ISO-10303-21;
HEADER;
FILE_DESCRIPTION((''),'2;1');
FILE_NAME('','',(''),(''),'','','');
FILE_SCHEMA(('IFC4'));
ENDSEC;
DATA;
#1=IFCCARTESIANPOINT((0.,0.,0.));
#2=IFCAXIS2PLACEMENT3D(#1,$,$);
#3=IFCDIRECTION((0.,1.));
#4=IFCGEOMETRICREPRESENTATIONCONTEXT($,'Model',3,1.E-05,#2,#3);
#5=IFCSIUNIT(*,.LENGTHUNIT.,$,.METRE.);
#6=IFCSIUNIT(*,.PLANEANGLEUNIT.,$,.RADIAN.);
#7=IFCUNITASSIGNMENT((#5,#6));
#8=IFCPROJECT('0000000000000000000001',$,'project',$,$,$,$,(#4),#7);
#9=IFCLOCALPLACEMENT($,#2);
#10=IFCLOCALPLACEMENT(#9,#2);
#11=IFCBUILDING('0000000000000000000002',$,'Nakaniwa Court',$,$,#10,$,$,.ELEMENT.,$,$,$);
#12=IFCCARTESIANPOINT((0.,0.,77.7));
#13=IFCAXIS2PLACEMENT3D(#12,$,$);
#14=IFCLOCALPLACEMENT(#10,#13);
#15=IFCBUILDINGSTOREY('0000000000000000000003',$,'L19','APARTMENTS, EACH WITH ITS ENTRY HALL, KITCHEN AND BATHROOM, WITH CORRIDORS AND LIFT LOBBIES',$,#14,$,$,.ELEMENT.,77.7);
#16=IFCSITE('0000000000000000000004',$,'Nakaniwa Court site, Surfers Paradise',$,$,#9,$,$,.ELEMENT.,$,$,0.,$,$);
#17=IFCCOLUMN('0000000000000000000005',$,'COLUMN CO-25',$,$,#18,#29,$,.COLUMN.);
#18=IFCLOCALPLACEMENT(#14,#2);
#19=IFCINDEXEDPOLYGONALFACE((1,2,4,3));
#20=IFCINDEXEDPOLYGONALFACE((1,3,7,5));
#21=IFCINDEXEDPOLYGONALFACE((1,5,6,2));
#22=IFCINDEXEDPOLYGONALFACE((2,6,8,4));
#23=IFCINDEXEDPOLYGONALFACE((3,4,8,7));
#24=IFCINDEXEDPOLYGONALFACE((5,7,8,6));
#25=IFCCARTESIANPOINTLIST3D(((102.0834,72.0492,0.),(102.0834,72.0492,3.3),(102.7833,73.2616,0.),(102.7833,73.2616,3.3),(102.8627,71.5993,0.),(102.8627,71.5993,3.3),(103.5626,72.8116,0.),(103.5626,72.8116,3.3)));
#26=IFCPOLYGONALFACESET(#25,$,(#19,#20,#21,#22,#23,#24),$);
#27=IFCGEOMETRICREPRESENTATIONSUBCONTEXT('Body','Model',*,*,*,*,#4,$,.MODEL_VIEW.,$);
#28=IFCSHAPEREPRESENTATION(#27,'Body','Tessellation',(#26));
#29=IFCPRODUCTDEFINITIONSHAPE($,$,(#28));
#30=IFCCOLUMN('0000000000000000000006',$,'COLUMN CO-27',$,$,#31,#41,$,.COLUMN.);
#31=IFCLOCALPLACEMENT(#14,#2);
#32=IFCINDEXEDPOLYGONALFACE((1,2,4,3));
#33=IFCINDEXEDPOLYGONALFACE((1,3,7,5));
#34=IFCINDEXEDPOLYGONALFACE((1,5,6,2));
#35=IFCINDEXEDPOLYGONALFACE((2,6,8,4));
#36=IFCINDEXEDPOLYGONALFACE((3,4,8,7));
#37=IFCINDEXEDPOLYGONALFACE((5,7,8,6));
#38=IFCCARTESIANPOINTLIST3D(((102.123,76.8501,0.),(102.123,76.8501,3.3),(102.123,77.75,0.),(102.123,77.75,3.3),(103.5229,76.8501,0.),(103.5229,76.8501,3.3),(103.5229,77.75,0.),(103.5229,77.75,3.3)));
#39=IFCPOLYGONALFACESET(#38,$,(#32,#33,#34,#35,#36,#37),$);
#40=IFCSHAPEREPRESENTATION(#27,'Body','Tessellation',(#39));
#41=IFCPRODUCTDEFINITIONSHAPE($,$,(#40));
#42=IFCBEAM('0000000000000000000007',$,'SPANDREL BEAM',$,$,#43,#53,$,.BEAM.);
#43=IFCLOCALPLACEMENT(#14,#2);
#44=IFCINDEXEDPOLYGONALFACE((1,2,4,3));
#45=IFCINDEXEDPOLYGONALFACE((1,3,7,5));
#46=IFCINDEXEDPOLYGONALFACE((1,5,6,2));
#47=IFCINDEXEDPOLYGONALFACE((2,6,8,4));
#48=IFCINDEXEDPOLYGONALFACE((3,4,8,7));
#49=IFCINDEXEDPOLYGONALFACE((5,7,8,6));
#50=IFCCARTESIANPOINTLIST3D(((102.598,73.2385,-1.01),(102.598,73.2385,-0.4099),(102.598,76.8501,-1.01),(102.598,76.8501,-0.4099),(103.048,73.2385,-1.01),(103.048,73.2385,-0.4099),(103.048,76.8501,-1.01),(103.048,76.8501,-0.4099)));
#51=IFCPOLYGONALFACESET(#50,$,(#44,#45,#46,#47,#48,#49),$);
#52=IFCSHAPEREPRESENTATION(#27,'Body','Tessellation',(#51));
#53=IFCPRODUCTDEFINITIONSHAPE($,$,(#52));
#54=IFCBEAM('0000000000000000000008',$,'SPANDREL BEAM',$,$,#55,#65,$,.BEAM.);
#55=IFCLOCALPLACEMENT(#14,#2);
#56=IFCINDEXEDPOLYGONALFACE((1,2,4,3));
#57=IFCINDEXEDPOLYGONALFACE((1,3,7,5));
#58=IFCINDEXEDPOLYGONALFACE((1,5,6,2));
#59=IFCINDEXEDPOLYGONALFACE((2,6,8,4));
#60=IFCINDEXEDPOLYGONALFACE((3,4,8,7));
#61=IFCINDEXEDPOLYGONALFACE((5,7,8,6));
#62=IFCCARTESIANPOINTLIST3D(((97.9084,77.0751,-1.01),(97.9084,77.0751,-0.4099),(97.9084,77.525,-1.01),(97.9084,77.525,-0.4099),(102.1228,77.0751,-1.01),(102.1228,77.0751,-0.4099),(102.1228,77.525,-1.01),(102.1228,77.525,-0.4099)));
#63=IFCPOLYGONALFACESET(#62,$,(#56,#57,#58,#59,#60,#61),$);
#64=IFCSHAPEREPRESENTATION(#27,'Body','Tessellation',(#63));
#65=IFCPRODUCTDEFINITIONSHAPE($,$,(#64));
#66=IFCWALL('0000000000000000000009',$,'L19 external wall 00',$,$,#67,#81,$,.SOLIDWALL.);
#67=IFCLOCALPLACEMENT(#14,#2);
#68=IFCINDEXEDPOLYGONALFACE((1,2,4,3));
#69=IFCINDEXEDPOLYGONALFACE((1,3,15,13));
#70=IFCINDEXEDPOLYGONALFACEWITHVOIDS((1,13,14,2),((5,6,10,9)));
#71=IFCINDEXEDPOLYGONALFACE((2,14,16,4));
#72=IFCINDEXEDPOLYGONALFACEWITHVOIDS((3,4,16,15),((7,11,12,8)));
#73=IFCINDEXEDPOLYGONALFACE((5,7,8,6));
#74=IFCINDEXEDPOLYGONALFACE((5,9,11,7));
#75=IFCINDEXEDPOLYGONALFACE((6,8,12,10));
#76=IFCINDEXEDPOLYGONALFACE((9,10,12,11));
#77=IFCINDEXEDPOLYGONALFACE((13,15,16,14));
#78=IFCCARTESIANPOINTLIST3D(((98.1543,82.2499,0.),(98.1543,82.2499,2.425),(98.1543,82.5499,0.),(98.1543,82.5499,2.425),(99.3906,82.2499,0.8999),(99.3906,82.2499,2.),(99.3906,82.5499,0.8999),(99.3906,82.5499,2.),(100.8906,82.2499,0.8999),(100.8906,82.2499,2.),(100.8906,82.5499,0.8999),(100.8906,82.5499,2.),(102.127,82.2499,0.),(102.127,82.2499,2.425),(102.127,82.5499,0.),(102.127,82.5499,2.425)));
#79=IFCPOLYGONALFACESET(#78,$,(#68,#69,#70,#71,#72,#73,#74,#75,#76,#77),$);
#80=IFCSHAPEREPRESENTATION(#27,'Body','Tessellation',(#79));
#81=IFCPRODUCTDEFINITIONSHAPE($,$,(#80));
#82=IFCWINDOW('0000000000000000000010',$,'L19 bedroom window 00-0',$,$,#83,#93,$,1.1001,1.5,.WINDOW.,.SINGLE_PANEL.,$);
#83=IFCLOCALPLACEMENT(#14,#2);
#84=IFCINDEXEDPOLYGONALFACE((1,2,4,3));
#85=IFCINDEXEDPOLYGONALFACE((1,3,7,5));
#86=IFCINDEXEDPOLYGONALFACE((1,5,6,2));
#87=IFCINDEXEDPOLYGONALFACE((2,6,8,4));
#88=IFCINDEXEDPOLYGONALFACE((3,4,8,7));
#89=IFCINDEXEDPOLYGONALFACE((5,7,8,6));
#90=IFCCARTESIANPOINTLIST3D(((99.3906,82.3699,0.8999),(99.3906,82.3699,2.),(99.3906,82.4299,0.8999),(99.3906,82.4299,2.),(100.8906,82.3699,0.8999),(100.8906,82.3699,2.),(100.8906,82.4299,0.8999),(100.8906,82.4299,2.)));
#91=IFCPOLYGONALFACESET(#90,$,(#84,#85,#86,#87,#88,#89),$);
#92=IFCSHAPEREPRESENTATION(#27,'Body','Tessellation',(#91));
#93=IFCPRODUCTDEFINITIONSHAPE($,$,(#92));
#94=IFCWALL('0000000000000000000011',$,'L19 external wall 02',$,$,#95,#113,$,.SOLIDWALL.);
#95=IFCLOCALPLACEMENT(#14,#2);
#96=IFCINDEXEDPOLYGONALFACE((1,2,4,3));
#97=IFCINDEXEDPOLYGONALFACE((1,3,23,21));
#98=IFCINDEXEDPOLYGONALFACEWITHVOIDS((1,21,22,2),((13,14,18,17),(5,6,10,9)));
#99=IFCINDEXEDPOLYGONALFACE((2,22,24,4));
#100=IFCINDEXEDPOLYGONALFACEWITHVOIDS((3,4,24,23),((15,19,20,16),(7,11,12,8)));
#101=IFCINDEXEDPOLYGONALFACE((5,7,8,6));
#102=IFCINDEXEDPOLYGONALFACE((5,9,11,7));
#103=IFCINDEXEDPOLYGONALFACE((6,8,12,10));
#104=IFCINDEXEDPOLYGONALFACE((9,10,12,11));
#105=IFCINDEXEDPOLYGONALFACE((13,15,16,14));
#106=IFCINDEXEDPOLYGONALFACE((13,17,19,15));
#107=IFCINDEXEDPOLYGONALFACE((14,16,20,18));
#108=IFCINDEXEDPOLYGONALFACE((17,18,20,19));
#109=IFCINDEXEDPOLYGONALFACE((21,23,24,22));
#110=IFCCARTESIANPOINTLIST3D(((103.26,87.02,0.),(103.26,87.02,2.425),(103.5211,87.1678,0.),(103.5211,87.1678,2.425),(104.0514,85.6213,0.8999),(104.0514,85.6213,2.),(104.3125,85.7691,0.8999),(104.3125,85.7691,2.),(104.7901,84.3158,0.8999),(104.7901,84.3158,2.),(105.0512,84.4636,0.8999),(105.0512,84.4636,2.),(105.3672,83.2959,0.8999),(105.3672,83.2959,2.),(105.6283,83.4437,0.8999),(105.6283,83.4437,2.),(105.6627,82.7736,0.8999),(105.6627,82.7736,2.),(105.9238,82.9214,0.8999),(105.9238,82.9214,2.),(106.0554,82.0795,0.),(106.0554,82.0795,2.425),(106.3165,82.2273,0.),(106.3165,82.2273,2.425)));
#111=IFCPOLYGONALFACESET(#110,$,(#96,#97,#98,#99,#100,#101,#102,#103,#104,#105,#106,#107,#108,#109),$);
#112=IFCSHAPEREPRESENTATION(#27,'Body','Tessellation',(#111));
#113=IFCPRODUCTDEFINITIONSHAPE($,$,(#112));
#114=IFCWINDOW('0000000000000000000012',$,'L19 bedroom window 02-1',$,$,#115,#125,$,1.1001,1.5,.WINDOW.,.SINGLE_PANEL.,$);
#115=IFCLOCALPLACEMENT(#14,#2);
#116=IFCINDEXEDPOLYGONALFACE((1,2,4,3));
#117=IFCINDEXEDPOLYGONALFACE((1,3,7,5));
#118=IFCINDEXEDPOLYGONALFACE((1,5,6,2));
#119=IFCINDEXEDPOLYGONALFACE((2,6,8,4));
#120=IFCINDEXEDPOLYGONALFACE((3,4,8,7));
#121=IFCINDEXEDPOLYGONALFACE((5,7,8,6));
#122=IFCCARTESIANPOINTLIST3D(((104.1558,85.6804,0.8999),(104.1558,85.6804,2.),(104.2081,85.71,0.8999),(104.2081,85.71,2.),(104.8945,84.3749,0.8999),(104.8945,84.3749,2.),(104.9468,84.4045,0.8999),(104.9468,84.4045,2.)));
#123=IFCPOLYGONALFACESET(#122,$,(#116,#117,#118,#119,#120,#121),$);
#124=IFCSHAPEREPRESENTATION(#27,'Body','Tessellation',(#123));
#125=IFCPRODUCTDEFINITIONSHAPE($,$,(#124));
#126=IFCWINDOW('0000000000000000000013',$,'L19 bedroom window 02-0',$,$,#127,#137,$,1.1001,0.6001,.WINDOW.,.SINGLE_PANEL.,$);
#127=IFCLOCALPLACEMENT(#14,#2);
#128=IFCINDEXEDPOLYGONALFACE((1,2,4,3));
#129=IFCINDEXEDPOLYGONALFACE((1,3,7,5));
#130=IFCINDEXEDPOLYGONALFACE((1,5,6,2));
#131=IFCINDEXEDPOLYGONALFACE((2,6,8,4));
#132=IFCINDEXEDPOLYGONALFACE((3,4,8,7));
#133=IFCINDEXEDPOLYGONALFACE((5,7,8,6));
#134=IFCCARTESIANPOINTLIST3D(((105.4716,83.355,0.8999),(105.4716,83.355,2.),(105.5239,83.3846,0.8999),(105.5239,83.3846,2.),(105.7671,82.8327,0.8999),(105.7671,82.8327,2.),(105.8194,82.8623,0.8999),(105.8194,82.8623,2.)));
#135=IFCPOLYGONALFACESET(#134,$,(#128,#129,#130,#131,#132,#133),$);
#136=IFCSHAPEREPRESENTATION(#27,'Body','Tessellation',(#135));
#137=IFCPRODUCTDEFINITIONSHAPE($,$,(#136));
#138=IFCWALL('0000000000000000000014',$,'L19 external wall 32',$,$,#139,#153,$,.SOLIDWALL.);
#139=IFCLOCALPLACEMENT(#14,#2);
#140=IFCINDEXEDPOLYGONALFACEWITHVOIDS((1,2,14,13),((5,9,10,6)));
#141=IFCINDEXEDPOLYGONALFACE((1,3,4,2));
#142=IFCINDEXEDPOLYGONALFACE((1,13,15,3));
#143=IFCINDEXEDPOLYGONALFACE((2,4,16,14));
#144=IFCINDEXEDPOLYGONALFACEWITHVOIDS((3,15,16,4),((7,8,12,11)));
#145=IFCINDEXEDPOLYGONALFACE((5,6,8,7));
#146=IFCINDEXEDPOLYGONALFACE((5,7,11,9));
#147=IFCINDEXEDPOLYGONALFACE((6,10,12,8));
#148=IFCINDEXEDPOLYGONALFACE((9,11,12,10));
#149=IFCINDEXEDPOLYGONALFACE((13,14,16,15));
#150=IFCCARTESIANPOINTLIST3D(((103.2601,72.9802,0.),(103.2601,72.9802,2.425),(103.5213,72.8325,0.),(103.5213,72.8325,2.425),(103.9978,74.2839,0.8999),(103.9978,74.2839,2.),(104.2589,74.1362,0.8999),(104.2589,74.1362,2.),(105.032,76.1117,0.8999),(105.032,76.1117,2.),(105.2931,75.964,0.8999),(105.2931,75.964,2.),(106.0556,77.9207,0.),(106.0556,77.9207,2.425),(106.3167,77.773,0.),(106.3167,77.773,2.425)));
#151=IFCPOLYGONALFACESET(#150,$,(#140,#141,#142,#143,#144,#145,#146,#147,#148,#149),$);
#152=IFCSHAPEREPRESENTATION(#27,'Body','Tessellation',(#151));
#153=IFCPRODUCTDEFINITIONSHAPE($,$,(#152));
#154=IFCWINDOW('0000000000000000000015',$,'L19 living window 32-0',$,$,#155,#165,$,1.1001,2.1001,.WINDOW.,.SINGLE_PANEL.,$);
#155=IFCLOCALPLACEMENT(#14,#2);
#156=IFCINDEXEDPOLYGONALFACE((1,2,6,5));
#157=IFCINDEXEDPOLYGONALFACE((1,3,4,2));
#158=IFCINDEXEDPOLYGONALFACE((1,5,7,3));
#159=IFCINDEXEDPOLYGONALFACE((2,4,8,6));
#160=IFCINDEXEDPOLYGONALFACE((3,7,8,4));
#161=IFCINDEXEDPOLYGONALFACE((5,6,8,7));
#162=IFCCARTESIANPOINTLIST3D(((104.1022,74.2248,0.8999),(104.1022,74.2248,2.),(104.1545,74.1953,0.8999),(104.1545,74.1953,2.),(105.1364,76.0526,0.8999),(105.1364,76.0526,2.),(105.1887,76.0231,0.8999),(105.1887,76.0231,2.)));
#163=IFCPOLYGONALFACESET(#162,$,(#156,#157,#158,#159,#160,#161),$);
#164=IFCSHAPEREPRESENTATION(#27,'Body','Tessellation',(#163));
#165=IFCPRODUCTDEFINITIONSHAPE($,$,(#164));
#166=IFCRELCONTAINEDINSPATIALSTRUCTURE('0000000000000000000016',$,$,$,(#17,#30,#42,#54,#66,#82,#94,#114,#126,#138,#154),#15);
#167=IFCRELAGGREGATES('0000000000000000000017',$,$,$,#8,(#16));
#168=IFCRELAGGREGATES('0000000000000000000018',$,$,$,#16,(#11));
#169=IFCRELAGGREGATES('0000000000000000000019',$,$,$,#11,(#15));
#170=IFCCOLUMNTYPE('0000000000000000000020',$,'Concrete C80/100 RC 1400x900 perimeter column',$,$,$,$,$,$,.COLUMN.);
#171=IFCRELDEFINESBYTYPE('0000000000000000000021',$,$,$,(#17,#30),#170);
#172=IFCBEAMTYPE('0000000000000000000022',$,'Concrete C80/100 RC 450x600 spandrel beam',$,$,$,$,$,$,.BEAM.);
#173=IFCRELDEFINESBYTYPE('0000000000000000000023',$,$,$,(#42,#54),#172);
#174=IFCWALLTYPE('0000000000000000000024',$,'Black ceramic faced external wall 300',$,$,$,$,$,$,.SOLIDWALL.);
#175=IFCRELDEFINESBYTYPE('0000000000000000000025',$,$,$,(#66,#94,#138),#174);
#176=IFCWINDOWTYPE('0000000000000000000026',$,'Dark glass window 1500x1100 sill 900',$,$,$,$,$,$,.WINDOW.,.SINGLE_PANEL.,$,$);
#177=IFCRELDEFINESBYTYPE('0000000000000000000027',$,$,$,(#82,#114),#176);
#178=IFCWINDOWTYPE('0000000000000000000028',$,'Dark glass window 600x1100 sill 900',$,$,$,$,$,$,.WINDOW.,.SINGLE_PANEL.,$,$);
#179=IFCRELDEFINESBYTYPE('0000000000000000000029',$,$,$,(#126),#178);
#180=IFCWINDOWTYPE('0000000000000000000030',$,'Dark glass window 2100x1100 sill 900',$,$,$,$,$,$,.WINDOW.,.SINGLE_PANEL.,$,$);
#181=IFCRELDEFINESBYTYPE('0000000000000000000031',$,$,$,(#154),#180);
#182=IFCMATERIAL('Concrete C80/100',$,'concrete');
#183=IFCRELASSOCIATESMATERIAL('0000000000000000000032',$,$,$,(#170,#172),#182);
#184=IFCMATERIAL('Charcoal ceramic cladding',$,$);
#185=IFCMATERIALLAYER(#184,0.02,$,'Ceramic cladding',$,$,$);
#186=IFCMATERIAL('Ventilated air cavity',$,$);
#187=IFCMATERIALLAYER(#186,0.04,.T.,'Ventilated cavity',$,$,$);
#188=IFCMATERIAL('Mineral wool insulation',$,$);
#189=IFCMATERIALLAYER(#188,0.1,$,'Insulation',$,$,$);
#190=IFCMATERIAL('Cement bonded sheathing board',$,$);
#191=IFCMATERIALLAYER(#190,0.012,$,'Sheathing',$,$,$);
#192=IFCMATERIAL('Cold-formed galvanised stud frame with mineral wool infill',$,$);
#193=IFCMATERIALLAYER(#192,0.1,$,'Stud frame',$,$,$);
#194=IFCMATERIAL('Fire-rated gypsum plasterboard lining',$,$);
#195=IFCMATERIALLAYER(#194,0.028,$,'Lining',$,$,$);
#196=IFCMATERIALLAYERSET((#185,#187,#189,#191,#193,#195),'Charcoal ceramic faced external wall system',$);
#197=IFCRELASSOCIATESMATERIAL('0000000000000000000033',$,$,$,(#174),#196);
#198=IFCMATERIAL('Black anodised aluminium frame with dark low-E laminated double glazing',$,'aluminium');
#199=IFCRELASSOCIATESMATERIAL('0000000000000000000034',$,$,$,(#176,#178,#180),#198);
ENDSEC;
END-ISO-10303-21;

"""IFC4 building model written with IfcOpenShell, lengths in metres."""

from ifc_helpers import new_model, si_unit, direction, frame, frame_2d, origin, origin_2d, place, context, subcontext, project, spatial, rectangle, extrude, material, layer, layer_set, material_profile, profile_set, type_object, element, fill, save


model = new_model("IFC4")

# Units and contexts
model_context = context("Model", 3, precision=1e-05, world=origin(), true_north=direction((0.0, 1.0)))
body_context = subcontext(model_context, "Body", "Model", "MODEL_VIEW")
ifc_project = project(units=[si_unit("LENGTHUNIT", "METRE"), si_unit("PLANEANGLEUNIT", "RADIAN")], contexts=[model_context])

# Site, building, storey
site_placement = place(None, origin())
site = spatial("IfcSite", under=ifc_project, at=site_placement, Name="Nakaniwa Court site, Surfers Paradise", CompositionType="ELEMENT", RefElevation=0.0)
building_placement = place(site_placement, origin())
building = spatial("IfcBuilding", under=site, at=building_placement, Name="Nakaniwa Court", CompositionType="ELEMENT")
storey_placement = place(building_placement, frame((0.0, 0.0, 77.7)))
storey = spatial("IfcBuildingStorey", under=building, at=storey_placement, Name="L19", Description="APARTMENTS, EACH WITH ITS ENTRY HALL, KITCHEN AND BATHROOM, WITH CORRIDORS AND LIFT LOBBIES", CompositionType="ELEMENT", Elevation=77.7)

# Columns
ifc_material_1 = material(Name="Concrete C80/100", Category="concrete")
ifc_material_profile_1 = material_profile(ifc_material_1, rectangle(XDim=1.3999, YDim=0.8999, at=origin_2d()), Name="Concrete C80/100 RC 1400x900 perimeter column")
ifc_profile_set_1 = profile_set([ifc_material_profile_1], Name="Concrete C80/100")
column_type = type_object("IfcColumnType", Name="Concrete C80/100 RC 1400x900 perimeter column", PredefinedType="COLUMN", material=ifc_profile_set_1)
for number, where, z_axis, x_axis, name in (
    (1, (102.823, 72.4304, 0.0), (0.0, 0.0, 1.0), (0.5, 0.866025, 0.0), "COLUMN CO-25"),
    (2, (102.823, 77.3, 0.0), (0.0, 0.0, 1.0), (-1.0, 0.0, 0.0), "COLUMN CO-27"),
):
    element("IfcColumn", number, at=place(storey_placement, frame(where, z_axis=z_axis, x_axis=x_axis)), inside=storey, type_object=column_type, Name=name, PredefinedType="COLUMN", context=body_context, shape_type="SweptSolid", body=[
        extrude(rectangle(XDim=1.3999, YDim=0.8999, at=origin_2d()), origin(), (0.0, 0.0, 1.0), 3.3),
    ])

# Beams
ifc_material_profile_2 = material_profile(ifc_material_1, rectangle(XDim=0.45, YDim=0.6001, at=origin_2d()), Name="Concrete C80/100 RC 450x600 spandrel beam")
ifc_profile_set_2 = profile_set([ifc_material_profile_2], Name="Concrete C80/100")
beam_type = type_object("IfcBeamType", Name="Concrete C80/100 RC 450x600 spandrel beam", PredefinedType="BEAM", material=ifc_profile_set_2)
beam_1_placement = place(storey_placement, frame((102.823, 73.2385, -0.71), z_axis=(0.0, 1.0, 0.0), x_axis=(-1.0, 0.0, 0.0)))
element("IfcBeam", 3, at=beam_1_placement, inside=storey, type_object=beam_type, Name="SPANDREL BEAM", PredefinedType="BEAM", context=body_context, shape_type="SweptSolid", body=[
    extrude(rectangle(XDim=0.45, YDim=0.6001, at=origin_2d()), origin(), (0.0, 0.0, 1.0), 3.6116),
])
beam_2_placement = place(storey_placement, frame((102.1228, 77.3, -0.71), z_axis=(-1.0, 0.0, 0.0), x_axis=(0.0, -1.0, 0.0)))
element("IfcBeam", 4, at=beam_2_placement, inside=storey, type_object=beam_type, Name="SPANDREL BEAM", PredefinedType="BEAM", context=body_context, shape_type="SweptSolid", body=[
    extrude(rectangle(XDim=0.45, YDim=0.6001, at=origin_2d()), origin(), (0.0, 0.0, 1.0), 4.2144),
])

# Wall, opening, window
ifc_material_2 = material(Name="Charcoal ceramic cladding")
ifc_layer_1 = layer(ifc_material_2, 0.02, Name="Ceramic cladding")
ifc_material_3 = material(Name="Ventilated air cavity")
ifc_layer_2 = layer(ifc_material_3, 0.04, ventilated=True, Name="Ventilated cavity")
ifc_material_4 = material(Name="Mineral wool insulation")
ifc_layer_3 = layer(ifc_material_4, 0.1, Name="Insulation")
ifc_material_5 = material(Name="Cement bonded sheathing board")
ifc_layer_4 = layer(ifc_material_5, 0.012, Name="Sheathing")
ifc_material_6 = material(Name="Cold-formed galvanised stud frame with mineral wool infill")
ifc_layer_5 = layer(ifc_material_6, 0.1, Name="Stud frame")
ifc_material_7 = material(Name="Fire-rated gypsum plasterboard lining")
ifc_layer_6 = layer(ifc_material_7, 0.028, Name="Lining")
ifc_layer_set = layer_set([ifc_layer_1, ifc_layer_2, ifc_layer_3, ifc_layer_4, ifc_layer_5, ifc_layer_6], Name="Charcoal ceramic faced external wall system")
wall_type = type_object("IfcWallType", Name="Black ceramic faced external wall 300", PredefinedType="SOLIDWALL", material=ifc_layer_set)
wall_1_placement = place(storey_placement, frame((98.1543, 82.3999, 0.0), z_axis=(0.0, 0.0, 1.0), x_axis=(1.0, 0.0, 0.0)))
wall_1 = element("IfcWall", 5, at=wall_1_placement, inside=storey, type_object=wall_type, Name="L19 external wall 00", PredefinedType="SOLIDWALL", context=body_context, shape_type="SweptSolid", body=[
    extrude(rectangle(XDim=3.9727, YDim=0.3, at=frame_2d((1.9863, 0.0))), origin(), (0.0, 0.0, 1.0), 2.425),
])
opening_1_placement = place(wall_1_placement, frame((1.2363, 0.0, 0.8999)))
opening_1 = element("IfcOpeningElement", 6, at=opening_1_placement, cuts=wall_1, PredefinedType="OPENING", context=body_context, shape_type="SweptSolid", body=[
    extrude(rectangle(XDim=1.5, YDim=1.1001, at=frame_2d((0.75, 0.55))), frame((0.0, 0.1599, 0.0), z_axis=(0.0, -1.0, 0.0), x_axis=(1.0, 0.0, 0.0)), (0.0, 0.0, 1.0), 0.3201),
])
ifc_material_8 = material(Name="Black anodised aluminium frame with dark low-E laminated double glazing", Category="aluminium")
window_type_1 = type_object("IfcWindowType", Name="Dark glass window 1500x1100 sill 900", PartitioningType="SINGLE_PANEL", PredefinedType="WINDOW", material=ifc_material_8)
window_1_placement = place(opening_1_placement, origin())
window_1 = element("IfcWindow", 7, at=window_1_placement, inside=storey, type_object=window_type_1, Name="L19 bedroom window 00-0", OverallHeight=1.1001, OverallWidth=1.5, PartitioningType="SINGLE_PANEL", PredefinedType="WINDOW", context=body_context, shape_type="SweptSolid", body=[
    extrude(rectangle(XDim=1.5, YDim=1.1001, at=frame_2d((0.75, 0.55))), frame((0.0, 0.03, 0.0), z_axis=(0.0, -1.0, 0.0), x_axis=(1.0, 0.0, 0.0)), (0.0, 0.0, 1.0), 0.0601),
])
fill(opening_1, window_1)

# Wall, openings, windows
wall_2_placement = place(storey_placement, frame((106.186, 82.1533, 0.0), z_axis=(0.0, 0.0, 1.0), x_axis=(-0.492457, 0.870337, 0.0)))
wall_2 = element("IfcWall", 8, at=wall_2_placement, inside=storey, type_object=wall_type, Name="L19 external wall 02", PredefinedType="SOLIDWALL", context=body_context, shape_type="SweptSolid", body=[
    extrude(rectangle(XDim=5.6765, YDim=0.3, at=frame_2d((2.8384, 0.0))), origin(), (0.0, 0.0, 1.0), 2.425),
])
opening_2_placement = place(wall_2_placement, frame((0.7976, 0.0, 0.8999)))
opening_2 = element("IfcOpeningElement", 9, at=opening_2_placement, cuts=wall_2, PredefinedType="OPENING", context=body_context, shape_type="SweptSolid", body=[
    extrude(rectangle(XDim=0.6001, YDim=1.1001, at=frame_2d((0.3, 0.55))), frame((0.0, 0.1599, 0.0), z_axis=(0.0, -1.0, 0.0), x_axis=(1.0, 0.0, 0.0)), (0.0, 0.0, 1.0), 0.3201),
])
opening_3_placement = place(wall_2_placement, frame((2.5696, 0.0, 0.8999)))
opening_3 = element("IfcOpeningElement", 10, at=opening_3_placement, cuts=wall_2, PredefinedType="OPENING", context=body_context, shape_type="SweptSolid", body=[
    extrude(rectangle(XDim=1.5, YDim=1.1001, at=frame_2d((0.75, 0.55))), frame((0.0, 0.1599, 0.0), z_axis=(0.0, -1.0, 0.0), x_axis=(1.0, 0.0, 0.0)), (0.0, 0.0, 1.0), 0.3201),
])
window_2_placement = place(opening_3_placement, origin())
window_2 = element("IfcWindow", 11, at=window_2_placement, inside=storey, type_object=window_type_1, Name="L19 bedroom window 02-1", OverallHeight=1.1001, OverallWidth=1.5, PartitioningType="SINGLE_PANEL", PredefinedType="WINDOW", context=body_context, shape_type="SweptSolid", body=[
    extrude(rectangle(XDim=1.5, YDim=1.1001, at=frame_2d((0.75, 0.55))), frame((0.0, 0.03, 0.0), z_axis=(0.0, -1.0, 0.0), x_axis=(1.0, 0.0, 0.0)), (0.0, 0.0, 1.0), 0.0601),
])
fill(opening_3, window_2)
window_type_2 = type_object("IfcWindowType", Name="Dark glass window 600x1100 sill 900", PartitioningType="SINGLE_PANEL", PredefinedType="WINDOW", material=ifc_material_8)
window_3_placement = place(opening_2_placement, origin())
window_3 = element("IfcWindow", 12, at=window_3_placement, inside=storey, type_object=window_type_2, Name="L19 bedroom window 02-0", OverallHeight=1.1001, OverallWidth=0.6001, PartitioningType="SINGLE_PANEL", PredefinedType="WINDOW", context=body_context, shape_type="SweptSolid", body=[
    extrude(rectangle(XDim=0.6001, YDim=1.1001, at=frame_2d((0.3, 0.55))), frame((0.0, 0.03, 0.0), z_axis=(0.0, -1.0, 0.0), x_axis=(1.0, 0.0, 0.0)), (0.0, 0.0, 1.0), 0.0601),
])
fill(opening_2, window_3)

# Wall, opening, window
wall_3_placement = place(storey_placement, frame((103.3906, 72.9062, 0.0), z_axis=(0.0, 0.0, 1.0), x_axis=(0.492457, 0.870337, 0.0)))
wall_3 = element("IfcWall", 13, at=wall_3_placement, inside=storey, type_object=wall_type, Name="L19 external wall 32", PredefinedType="SOLIDWALL", context=body_context, shape_type="SweptSolid", body=[
    extrude(rectangle(XDim=5.6765, YDim=0.3, at=frame_2d((2.8384, 0.0))), origin(), (0.0, 0.0, 1.0), 2.425),
])
opening_4_placement = place(wall_3_placement, frame((1.498, 0.0, 0.8999)))
opening_4 = element("IfcOpeningElement", 14, at=opening_4_placement, cuts=wall_3, PredefinedType="OPENING", context=body_context, shape_type="SweptSolid", body=[
    extrude(rectangle(XDim=2.1001, YDim=1.1001, at=frame_2d((1.05, 0.55))), frame((0.0, 0.1599, 0.0), z_axis=(0.0, -1.0, 0.0), x_axis=(1.0, 0.0, 0.0)), (0.0, 0.0, 1.0), 0.3201),
])
window_type_3 = type_object("IfcWindowType", Name="Dark glass window 2100x1100 sill 900", PartitioningType="SINGLE_PANEL", PredefinedType="WINDOW", material=ifc_material_8)
window_4_placement = place(opening_4_placement, origin())
window_4 = element("IfcWindow", 15, at=window_4_placement, inside=storey, type_object=window_type_3, Name="L19 living window 32-0", OverallHeight=1.1001, OverallWidth=2.1001, PartitioningType="SINGLE_PANEL", PredefinedType="WINDOW", context=body_context, shape_type="SweptSolid", body=[
    extrude(rectangle(XDim=2.1001, YDim=1.1001, at=frame_2d((1.05, 0.55))), frame((0.0, 0.03, 0.0), z_axis=(0.0, -1.0, 0.0), x_axis=(1.0, 0.0, 0.0)), (0.0, 0.0, 1.0), 0.0601),
])
fill(opening_4, window_4)

save(model, "model.ifc")
